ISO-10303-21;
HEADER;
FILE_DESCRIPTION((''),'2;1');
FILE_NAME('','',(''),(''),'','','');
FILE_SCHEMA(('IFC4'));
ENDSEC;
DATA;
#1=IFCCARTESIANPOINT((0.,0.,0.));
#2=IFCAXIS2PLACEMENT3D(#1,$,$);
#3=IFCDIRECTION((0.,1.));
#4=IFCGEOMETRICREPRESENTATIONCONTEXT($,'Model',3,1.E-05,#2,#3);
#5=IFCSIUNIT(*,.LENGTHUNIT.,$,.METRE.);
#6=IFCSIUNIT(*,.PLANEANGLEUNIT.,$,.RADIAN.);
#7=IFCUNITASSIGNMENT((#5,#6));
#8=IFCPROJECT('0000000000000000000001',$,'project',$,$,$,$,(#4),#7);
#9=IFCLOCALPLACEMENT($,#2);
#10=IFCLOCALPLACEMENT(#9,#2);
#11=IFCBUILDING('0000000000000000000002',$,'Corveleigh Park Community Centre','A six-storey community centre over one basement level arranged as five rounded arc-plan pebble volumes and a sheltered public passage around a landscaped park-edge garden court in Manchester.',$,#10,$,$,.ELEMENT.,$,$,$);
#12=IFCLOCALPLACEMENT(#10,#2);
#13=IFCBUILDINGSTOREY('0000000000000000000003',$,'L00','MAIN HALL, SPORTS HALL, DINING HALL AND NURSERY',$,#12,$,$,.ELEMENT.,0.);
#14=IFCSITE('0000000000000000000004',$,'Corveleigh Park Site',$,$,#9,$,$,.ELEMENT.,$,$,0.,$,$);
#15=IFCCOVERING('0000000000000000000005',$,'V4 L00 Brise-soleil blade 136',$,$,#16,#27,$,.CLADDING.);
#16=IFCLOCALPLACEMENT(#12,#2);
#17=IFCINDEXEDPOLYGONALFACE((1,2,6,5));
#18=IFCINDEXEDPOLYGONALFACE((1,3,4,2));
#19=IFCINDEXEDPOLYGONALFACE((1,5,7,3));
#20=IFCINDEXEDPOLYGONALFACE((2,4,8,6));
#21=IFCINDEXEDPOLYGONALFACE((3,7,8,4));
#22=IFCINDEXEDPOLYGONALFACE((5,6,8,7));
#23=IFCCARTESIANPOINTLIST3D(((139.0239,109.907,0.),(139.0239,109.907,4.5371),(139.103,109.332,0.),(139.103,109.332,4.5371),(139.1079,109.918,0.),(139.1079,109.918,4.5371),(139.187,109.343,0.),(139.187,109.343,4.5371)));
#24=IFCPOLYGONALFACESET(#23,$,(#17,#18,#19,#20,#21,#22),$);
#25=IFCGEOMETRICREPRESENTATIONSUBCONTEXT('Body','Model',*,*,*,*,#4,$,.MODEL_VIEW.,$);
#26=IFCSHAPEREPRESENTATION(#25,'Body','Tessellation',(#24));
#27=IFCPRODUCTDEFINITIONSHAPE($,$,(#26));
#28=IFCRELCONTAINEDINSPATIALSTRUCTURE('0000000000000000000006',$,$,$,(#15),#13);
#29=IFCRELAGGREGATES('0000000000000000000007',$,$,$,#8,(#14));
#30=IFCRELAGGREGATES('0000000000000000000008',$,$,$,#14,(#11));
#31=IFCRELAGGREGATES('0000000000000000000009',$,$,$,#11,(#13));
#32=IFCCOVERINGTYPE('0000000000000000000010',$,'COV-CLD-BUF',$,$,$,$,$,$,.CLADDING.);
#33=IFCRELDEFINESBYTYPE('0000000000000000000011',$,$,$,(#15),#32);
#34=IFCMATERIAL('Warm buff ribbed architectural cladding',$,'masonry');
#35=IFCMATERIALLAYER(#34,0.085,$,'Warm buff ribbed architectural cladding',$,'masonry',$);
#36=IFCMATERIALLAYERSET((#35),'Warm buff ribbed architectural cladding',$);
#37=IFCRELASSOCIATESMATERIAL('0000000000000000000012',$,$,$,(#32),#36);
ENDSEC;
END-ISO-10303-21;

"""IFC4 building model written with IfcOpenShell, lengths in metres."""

from ifc_helpers import new_model, si_unit, direction, origin, place, context, subcontext, project, spatial, polyline, outline, extrude, material, layer, layer_set, type_object, element, save


model = new_model("IFC4")

# Units and contexts
model_context = context("Model", 3, precision=1e-05, world=origin(), true_north=direction((0.0, 1.0)))
body_context = subcontext(model_context, "Body", "Model", "MODEL_VIEW")
ifc_project = project(units=[si_unit("LENGTHUNIT", "METRE"), si_unit("PLANEANGLEUNIT", "RADIAN")], contexts=[model_context])

# Site, building, storey
site_placement = place(None, origin())
site = spatial("IfcSite", under=ifc_project, at=site_placement, Name="Corveleigh Park Site", CompositionType="ELEMENT", RefElevation=0.0)
building_placement = place(site_placement, origin())
building = spatial("IfcBuilding", under=site, at=building_placement, Name="Corveleigh Park Community Centre", Description="A six-storey community centre over one basement level arranged as five rounded arc-plan pebble volumes and a sheltered public passage around a landscaped park-edge garden court in Manchester.", CompositionType="ELEMENT")
storey_placement = place(building_placement, origin())
storey = spatial("IfcBuildingStorey", under=building, at=storey_placement, Name="L00", Description="MAIN HALL, SPORTS HALL, DINING HALL AND NURSERY", CompositionType="ELEMENT", Elevation=0.0)

# Covering
ifc_material = material(Name="Warm buff ribbed architectural cladding", Category="masonry")
ifc_layer = layer(ifc_material, 0.085, Name="Warm buff ribbed architectural cladding", Category="masonry")
ifc_layer_set = layer_set([ifc_layer], Name="Warm buff ribbed architectural cladding")
covering_type = type_object("IfcCoveringType", Name="COV-CLD-BUF", PredefinedType="CLADDING", material=ifc_layer_set)
covering_1_placement = place(storey_placement, origin())
element("IfcCovering", 1, at=covering_1_placement, inside=storey, type_object=covering_type, Name="V4 L00 Brise-soleil blade 136", PredefinedType="CLADDING", context=body_context, shape_type="SweptSolid", body=[
    extrude(outline(polyline([(139.103, 109.332), (139.187, 109.343), (139.1079, 109.918), (139.0239, 109.907), (139.103, 109.332)])), origin(), (0.0, 0.0, 1.0), 4.5371),
])

save(model, "model.ifc")
